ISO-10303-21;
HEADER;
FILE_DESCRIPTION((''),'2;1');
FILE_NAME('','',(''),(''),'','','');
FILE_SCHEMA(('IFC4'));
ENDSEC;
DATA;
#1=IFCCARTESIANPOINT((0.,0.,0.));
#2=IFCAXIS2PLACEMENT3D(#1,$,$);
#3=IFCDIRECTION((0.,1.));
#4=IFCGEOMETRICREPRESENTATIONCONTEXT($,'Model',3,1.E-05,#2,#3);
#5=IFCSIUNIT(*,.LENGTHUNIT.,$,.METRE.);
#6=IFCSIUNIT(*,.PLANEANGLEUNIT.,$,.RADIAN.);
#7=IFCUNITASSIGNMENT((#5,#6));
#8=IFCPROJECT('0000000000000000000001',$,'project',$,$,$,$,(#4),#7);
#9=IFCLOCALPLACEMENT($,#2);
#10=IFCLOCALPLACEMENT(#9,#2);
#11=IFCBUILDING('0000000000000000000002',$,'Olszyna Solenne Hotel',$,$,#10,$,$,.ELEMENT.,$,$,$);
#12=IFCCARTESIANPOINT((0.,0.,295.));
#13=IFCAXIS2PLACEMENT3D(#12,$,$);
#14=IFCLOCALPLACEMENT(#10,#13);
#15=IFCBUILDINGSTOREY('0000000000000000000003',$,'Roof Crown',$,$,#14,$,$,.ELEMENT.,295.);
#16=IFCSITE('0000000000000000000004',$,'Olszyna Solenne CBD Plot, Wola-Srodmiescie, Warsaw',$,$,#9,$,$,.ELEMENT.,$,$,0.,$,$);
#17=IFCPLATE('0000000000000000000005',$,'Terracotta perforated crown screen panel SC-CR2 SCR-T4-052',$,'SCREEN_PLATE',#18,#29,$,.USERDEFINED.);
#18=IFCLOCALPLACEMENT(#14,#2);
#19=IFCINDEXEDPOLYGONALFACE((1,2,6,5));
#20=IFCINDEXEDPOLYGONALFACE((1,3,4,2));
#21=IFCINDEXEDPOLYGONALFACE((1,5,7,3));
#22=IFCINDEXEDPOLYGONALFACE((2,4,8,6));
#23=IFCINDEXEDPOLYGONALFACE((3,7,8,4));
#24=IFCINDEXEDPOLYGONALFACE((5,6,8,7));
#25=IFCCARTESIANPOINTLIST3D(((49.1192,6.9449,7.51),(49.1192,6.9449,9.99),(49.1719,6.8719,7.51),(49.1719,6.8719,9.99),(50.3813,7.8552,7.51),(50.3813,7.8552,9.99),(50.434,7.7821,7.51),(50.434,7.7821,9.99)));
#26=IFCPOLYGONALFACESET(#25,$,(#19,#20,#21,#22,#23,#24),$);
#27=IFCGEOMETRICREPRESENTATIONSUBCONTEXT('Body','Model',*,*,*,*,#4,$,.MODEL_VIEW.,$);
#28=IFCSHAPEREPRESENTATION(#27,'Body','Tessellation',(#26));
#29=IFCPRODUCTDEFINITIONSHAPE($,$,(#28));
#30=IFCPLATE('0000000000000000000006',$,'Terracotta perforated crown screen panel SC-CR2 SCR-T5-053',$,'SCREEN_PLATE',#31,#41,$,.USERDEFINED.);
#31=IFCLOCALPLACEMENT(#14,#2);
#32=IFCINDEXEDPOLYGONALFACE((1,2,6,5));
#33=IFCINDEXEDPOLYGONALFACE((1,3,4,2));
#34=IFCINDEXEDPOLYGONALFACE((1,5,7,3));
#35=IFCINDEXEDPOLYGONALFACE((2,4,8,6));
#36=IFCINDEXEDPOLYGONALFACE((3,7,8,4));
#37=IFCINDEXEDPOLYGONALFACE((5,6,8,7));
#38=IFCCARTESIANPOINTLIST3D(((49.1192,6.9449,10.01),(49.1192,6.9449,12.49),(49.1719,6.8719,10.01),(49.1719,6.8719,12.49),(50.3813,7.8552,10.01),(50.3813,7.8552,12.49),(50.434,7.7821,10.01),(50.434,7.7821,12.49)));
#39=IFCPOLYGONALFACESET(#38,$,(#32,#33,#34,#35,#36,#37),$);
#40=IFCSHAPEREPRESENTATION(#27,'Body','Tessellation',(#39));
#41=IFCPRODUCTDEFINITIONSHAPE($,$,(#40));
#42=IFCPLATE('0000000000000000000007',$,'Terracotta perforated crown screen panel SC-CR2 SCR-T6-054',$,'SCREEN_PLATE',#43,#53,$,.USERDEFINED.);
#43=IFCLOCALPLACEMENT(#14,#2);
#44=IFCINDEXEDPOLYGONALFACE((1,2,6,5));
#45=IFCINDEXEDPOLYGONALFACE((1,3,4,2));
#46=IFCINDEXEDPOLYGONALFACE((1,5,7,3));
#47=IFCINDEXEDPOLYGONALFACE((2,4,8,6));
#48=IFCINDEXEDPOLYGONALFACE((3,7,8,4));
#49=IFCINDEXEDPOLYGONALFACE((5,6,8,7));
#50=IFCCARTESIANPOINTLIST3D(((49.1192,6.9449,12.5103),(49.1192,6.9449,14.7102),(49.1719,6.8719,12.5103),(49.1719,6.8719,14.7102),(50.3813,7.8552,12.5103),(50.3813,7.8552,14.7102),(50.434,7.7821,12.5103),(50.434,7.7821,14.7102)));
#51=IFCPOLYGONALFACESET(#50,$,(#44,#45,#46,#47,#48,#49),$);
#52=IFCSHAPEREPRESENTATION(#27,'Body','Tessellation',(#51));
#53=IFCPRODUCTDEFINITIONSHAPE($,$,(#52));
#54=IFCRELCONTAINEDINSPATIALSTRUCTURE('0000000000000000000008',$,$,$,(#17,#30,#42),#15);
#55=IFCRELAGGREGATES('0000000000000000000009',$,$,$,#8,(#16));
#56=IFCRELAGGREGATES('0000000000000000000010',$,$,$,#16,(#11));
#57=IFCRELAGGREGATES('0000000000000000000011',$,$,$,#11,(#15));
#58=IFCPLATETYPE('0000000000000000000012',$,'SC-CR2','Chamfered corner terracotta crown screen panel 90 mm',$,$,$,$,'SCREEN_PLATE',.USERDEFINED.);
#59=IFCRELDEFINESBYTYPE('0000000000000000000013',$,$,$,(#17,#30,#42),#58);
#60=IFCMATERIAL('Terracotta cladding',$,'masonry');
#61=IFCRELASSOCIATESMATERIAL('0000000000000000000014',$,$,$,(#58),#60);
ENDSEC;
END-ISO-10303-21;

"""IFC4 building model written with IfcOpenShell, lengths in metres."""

from ifc_helpers import new_model, si_unit, direction, frame, origin, origin_2d, place, context, subcontext, project, spatial, rectangle, extrude, source, transform, mapped, material, type_object, element, save


model = new_model("IFC4")

# Units and contexts
model_context = context("Model", 3, precision=1e-05, world=origin(), true_north=direction((0.0, 1.0)))
body_context = subcontext(model_context, "Body", "Model", "MODEL_VIEW")
ifc_project = project(units=[si_unit("LENGTHUNIT", "METRE"), si_unit("PLANEANGLEUNIT", "RADIAN")], contexts=[model_context])

# Site, building, storey
site_placement = place(None, origin())
site = spatial("IfcSite", under=ifc_project, at=site_placement, Name="Olszyna Solenne CBD Plot, Wola-Srodmiescie, Warsaw", CompositionType="ELEMENT", RefElevation=0.0)
building_placement = place(site_placement, origin())
building = spatial("IfcBuilding", under=site, at=building_placement, Name="Olszyna Solenne Hotel", CompositionType="ELEMENT")
storey_placement = place(building_placement, frame((0.0, 0.0, 295.0)))
storey = spatial("IfcBuildingStorey", under=building, at=storey_placement, Name="Roof Crown", CompositionType="ELEMENT", Elevation=295.0)

# Plates
ifc_material_1 = material(Name="Terracotta cladding", Category="masonry")
plate_type_1 = type_object("IfcPlateType", Name="SC-CR2", Description="Chamfered corner terracotta crown screen panel 90 mm", ElementType="SCREEN_PLATE", PredefinedType="USERDEFINED", material=ifc_material_1)
shared_shape_1 = source(origin(), body_context, "Body", "SweptSolid", [
    extrude(rectangle(XDim=1.5562, YDim=0.0901, at=origin_2d()), origin(), (0.0, 0.0, 1.0), 2.48),
])
for number, where, z_axis, x_axis, name in (
    (1, (49.7766, 7.3635, 7.51), (0.0, 0.0, 1.0), (-0.811064, -0.584958, 0.0), "Terracotta perforated crown screen panel SC-CR2 SCR-T4-052"),
    (2, (49.7766, 7.3635, 10.01), (0.0, 0.0, 1.0), (-0.811064, -0.584958, 0.0), "Terracotta perforated crown screen panel SC-CR2 SCR-T5-053"),
):
    element("IfcPlate", number, at=place(storey_placement, frame(where, z_axis=z_axis, x_axis=x_axis)), inside=storey, type_object=plate_type_1, Name=name, ObjectType="SCREEN_PLATE", PredefinedType="USERDEFINED", context=body_context, shape_type="MappedRepresentation", body=[
        mapped(shared_shape_1, transform((0.0, 0.0, 0.0), x_axis=(1.0, 0.0, 0.0), y_axis=(0.0, 1.0, 0.0), z_axis=(0.0, 0.0, 1.0), scale=1.0)),
    ])
shared_shape_2 = source(origin(), body_context, "Body", "SweptSolid", [
    extrude(rectangle(XDim=1.5562, YDim=0.0901, at=origin_2d()), origin(), (0.0, 0.0, 1.0), 2.2),
])
plate_1_placement = place(storey_placement, frame((49.7766, 7.3635, 12.5103), z_axis=(0.0, 0.0, 1.0), x_axis=(-0.811064, -0.584958, 0.0)))
element("IfcPlate", 3, at=plate_1_placement, inside=storey, type_object=plate_type_1, Name="Terracotta perforated crown screen panel SC-CR2 SCR-T6-054", ObjectType="SCREEN_PLATE", PredefinedType="USERDEFINED", context=body_context, shape_type="MappedRepresentation", body=[
    mapped(shared_shape_2, transform((0.0, 0.0, 0.0), x_axis=(1.0, 0.0, 0.0), y_axis=(0.0, 1.0, 0.0), z_axis=(0.0, 0.0, 1.0), scale=1.0)),
])

save(model, "model.ifc")
